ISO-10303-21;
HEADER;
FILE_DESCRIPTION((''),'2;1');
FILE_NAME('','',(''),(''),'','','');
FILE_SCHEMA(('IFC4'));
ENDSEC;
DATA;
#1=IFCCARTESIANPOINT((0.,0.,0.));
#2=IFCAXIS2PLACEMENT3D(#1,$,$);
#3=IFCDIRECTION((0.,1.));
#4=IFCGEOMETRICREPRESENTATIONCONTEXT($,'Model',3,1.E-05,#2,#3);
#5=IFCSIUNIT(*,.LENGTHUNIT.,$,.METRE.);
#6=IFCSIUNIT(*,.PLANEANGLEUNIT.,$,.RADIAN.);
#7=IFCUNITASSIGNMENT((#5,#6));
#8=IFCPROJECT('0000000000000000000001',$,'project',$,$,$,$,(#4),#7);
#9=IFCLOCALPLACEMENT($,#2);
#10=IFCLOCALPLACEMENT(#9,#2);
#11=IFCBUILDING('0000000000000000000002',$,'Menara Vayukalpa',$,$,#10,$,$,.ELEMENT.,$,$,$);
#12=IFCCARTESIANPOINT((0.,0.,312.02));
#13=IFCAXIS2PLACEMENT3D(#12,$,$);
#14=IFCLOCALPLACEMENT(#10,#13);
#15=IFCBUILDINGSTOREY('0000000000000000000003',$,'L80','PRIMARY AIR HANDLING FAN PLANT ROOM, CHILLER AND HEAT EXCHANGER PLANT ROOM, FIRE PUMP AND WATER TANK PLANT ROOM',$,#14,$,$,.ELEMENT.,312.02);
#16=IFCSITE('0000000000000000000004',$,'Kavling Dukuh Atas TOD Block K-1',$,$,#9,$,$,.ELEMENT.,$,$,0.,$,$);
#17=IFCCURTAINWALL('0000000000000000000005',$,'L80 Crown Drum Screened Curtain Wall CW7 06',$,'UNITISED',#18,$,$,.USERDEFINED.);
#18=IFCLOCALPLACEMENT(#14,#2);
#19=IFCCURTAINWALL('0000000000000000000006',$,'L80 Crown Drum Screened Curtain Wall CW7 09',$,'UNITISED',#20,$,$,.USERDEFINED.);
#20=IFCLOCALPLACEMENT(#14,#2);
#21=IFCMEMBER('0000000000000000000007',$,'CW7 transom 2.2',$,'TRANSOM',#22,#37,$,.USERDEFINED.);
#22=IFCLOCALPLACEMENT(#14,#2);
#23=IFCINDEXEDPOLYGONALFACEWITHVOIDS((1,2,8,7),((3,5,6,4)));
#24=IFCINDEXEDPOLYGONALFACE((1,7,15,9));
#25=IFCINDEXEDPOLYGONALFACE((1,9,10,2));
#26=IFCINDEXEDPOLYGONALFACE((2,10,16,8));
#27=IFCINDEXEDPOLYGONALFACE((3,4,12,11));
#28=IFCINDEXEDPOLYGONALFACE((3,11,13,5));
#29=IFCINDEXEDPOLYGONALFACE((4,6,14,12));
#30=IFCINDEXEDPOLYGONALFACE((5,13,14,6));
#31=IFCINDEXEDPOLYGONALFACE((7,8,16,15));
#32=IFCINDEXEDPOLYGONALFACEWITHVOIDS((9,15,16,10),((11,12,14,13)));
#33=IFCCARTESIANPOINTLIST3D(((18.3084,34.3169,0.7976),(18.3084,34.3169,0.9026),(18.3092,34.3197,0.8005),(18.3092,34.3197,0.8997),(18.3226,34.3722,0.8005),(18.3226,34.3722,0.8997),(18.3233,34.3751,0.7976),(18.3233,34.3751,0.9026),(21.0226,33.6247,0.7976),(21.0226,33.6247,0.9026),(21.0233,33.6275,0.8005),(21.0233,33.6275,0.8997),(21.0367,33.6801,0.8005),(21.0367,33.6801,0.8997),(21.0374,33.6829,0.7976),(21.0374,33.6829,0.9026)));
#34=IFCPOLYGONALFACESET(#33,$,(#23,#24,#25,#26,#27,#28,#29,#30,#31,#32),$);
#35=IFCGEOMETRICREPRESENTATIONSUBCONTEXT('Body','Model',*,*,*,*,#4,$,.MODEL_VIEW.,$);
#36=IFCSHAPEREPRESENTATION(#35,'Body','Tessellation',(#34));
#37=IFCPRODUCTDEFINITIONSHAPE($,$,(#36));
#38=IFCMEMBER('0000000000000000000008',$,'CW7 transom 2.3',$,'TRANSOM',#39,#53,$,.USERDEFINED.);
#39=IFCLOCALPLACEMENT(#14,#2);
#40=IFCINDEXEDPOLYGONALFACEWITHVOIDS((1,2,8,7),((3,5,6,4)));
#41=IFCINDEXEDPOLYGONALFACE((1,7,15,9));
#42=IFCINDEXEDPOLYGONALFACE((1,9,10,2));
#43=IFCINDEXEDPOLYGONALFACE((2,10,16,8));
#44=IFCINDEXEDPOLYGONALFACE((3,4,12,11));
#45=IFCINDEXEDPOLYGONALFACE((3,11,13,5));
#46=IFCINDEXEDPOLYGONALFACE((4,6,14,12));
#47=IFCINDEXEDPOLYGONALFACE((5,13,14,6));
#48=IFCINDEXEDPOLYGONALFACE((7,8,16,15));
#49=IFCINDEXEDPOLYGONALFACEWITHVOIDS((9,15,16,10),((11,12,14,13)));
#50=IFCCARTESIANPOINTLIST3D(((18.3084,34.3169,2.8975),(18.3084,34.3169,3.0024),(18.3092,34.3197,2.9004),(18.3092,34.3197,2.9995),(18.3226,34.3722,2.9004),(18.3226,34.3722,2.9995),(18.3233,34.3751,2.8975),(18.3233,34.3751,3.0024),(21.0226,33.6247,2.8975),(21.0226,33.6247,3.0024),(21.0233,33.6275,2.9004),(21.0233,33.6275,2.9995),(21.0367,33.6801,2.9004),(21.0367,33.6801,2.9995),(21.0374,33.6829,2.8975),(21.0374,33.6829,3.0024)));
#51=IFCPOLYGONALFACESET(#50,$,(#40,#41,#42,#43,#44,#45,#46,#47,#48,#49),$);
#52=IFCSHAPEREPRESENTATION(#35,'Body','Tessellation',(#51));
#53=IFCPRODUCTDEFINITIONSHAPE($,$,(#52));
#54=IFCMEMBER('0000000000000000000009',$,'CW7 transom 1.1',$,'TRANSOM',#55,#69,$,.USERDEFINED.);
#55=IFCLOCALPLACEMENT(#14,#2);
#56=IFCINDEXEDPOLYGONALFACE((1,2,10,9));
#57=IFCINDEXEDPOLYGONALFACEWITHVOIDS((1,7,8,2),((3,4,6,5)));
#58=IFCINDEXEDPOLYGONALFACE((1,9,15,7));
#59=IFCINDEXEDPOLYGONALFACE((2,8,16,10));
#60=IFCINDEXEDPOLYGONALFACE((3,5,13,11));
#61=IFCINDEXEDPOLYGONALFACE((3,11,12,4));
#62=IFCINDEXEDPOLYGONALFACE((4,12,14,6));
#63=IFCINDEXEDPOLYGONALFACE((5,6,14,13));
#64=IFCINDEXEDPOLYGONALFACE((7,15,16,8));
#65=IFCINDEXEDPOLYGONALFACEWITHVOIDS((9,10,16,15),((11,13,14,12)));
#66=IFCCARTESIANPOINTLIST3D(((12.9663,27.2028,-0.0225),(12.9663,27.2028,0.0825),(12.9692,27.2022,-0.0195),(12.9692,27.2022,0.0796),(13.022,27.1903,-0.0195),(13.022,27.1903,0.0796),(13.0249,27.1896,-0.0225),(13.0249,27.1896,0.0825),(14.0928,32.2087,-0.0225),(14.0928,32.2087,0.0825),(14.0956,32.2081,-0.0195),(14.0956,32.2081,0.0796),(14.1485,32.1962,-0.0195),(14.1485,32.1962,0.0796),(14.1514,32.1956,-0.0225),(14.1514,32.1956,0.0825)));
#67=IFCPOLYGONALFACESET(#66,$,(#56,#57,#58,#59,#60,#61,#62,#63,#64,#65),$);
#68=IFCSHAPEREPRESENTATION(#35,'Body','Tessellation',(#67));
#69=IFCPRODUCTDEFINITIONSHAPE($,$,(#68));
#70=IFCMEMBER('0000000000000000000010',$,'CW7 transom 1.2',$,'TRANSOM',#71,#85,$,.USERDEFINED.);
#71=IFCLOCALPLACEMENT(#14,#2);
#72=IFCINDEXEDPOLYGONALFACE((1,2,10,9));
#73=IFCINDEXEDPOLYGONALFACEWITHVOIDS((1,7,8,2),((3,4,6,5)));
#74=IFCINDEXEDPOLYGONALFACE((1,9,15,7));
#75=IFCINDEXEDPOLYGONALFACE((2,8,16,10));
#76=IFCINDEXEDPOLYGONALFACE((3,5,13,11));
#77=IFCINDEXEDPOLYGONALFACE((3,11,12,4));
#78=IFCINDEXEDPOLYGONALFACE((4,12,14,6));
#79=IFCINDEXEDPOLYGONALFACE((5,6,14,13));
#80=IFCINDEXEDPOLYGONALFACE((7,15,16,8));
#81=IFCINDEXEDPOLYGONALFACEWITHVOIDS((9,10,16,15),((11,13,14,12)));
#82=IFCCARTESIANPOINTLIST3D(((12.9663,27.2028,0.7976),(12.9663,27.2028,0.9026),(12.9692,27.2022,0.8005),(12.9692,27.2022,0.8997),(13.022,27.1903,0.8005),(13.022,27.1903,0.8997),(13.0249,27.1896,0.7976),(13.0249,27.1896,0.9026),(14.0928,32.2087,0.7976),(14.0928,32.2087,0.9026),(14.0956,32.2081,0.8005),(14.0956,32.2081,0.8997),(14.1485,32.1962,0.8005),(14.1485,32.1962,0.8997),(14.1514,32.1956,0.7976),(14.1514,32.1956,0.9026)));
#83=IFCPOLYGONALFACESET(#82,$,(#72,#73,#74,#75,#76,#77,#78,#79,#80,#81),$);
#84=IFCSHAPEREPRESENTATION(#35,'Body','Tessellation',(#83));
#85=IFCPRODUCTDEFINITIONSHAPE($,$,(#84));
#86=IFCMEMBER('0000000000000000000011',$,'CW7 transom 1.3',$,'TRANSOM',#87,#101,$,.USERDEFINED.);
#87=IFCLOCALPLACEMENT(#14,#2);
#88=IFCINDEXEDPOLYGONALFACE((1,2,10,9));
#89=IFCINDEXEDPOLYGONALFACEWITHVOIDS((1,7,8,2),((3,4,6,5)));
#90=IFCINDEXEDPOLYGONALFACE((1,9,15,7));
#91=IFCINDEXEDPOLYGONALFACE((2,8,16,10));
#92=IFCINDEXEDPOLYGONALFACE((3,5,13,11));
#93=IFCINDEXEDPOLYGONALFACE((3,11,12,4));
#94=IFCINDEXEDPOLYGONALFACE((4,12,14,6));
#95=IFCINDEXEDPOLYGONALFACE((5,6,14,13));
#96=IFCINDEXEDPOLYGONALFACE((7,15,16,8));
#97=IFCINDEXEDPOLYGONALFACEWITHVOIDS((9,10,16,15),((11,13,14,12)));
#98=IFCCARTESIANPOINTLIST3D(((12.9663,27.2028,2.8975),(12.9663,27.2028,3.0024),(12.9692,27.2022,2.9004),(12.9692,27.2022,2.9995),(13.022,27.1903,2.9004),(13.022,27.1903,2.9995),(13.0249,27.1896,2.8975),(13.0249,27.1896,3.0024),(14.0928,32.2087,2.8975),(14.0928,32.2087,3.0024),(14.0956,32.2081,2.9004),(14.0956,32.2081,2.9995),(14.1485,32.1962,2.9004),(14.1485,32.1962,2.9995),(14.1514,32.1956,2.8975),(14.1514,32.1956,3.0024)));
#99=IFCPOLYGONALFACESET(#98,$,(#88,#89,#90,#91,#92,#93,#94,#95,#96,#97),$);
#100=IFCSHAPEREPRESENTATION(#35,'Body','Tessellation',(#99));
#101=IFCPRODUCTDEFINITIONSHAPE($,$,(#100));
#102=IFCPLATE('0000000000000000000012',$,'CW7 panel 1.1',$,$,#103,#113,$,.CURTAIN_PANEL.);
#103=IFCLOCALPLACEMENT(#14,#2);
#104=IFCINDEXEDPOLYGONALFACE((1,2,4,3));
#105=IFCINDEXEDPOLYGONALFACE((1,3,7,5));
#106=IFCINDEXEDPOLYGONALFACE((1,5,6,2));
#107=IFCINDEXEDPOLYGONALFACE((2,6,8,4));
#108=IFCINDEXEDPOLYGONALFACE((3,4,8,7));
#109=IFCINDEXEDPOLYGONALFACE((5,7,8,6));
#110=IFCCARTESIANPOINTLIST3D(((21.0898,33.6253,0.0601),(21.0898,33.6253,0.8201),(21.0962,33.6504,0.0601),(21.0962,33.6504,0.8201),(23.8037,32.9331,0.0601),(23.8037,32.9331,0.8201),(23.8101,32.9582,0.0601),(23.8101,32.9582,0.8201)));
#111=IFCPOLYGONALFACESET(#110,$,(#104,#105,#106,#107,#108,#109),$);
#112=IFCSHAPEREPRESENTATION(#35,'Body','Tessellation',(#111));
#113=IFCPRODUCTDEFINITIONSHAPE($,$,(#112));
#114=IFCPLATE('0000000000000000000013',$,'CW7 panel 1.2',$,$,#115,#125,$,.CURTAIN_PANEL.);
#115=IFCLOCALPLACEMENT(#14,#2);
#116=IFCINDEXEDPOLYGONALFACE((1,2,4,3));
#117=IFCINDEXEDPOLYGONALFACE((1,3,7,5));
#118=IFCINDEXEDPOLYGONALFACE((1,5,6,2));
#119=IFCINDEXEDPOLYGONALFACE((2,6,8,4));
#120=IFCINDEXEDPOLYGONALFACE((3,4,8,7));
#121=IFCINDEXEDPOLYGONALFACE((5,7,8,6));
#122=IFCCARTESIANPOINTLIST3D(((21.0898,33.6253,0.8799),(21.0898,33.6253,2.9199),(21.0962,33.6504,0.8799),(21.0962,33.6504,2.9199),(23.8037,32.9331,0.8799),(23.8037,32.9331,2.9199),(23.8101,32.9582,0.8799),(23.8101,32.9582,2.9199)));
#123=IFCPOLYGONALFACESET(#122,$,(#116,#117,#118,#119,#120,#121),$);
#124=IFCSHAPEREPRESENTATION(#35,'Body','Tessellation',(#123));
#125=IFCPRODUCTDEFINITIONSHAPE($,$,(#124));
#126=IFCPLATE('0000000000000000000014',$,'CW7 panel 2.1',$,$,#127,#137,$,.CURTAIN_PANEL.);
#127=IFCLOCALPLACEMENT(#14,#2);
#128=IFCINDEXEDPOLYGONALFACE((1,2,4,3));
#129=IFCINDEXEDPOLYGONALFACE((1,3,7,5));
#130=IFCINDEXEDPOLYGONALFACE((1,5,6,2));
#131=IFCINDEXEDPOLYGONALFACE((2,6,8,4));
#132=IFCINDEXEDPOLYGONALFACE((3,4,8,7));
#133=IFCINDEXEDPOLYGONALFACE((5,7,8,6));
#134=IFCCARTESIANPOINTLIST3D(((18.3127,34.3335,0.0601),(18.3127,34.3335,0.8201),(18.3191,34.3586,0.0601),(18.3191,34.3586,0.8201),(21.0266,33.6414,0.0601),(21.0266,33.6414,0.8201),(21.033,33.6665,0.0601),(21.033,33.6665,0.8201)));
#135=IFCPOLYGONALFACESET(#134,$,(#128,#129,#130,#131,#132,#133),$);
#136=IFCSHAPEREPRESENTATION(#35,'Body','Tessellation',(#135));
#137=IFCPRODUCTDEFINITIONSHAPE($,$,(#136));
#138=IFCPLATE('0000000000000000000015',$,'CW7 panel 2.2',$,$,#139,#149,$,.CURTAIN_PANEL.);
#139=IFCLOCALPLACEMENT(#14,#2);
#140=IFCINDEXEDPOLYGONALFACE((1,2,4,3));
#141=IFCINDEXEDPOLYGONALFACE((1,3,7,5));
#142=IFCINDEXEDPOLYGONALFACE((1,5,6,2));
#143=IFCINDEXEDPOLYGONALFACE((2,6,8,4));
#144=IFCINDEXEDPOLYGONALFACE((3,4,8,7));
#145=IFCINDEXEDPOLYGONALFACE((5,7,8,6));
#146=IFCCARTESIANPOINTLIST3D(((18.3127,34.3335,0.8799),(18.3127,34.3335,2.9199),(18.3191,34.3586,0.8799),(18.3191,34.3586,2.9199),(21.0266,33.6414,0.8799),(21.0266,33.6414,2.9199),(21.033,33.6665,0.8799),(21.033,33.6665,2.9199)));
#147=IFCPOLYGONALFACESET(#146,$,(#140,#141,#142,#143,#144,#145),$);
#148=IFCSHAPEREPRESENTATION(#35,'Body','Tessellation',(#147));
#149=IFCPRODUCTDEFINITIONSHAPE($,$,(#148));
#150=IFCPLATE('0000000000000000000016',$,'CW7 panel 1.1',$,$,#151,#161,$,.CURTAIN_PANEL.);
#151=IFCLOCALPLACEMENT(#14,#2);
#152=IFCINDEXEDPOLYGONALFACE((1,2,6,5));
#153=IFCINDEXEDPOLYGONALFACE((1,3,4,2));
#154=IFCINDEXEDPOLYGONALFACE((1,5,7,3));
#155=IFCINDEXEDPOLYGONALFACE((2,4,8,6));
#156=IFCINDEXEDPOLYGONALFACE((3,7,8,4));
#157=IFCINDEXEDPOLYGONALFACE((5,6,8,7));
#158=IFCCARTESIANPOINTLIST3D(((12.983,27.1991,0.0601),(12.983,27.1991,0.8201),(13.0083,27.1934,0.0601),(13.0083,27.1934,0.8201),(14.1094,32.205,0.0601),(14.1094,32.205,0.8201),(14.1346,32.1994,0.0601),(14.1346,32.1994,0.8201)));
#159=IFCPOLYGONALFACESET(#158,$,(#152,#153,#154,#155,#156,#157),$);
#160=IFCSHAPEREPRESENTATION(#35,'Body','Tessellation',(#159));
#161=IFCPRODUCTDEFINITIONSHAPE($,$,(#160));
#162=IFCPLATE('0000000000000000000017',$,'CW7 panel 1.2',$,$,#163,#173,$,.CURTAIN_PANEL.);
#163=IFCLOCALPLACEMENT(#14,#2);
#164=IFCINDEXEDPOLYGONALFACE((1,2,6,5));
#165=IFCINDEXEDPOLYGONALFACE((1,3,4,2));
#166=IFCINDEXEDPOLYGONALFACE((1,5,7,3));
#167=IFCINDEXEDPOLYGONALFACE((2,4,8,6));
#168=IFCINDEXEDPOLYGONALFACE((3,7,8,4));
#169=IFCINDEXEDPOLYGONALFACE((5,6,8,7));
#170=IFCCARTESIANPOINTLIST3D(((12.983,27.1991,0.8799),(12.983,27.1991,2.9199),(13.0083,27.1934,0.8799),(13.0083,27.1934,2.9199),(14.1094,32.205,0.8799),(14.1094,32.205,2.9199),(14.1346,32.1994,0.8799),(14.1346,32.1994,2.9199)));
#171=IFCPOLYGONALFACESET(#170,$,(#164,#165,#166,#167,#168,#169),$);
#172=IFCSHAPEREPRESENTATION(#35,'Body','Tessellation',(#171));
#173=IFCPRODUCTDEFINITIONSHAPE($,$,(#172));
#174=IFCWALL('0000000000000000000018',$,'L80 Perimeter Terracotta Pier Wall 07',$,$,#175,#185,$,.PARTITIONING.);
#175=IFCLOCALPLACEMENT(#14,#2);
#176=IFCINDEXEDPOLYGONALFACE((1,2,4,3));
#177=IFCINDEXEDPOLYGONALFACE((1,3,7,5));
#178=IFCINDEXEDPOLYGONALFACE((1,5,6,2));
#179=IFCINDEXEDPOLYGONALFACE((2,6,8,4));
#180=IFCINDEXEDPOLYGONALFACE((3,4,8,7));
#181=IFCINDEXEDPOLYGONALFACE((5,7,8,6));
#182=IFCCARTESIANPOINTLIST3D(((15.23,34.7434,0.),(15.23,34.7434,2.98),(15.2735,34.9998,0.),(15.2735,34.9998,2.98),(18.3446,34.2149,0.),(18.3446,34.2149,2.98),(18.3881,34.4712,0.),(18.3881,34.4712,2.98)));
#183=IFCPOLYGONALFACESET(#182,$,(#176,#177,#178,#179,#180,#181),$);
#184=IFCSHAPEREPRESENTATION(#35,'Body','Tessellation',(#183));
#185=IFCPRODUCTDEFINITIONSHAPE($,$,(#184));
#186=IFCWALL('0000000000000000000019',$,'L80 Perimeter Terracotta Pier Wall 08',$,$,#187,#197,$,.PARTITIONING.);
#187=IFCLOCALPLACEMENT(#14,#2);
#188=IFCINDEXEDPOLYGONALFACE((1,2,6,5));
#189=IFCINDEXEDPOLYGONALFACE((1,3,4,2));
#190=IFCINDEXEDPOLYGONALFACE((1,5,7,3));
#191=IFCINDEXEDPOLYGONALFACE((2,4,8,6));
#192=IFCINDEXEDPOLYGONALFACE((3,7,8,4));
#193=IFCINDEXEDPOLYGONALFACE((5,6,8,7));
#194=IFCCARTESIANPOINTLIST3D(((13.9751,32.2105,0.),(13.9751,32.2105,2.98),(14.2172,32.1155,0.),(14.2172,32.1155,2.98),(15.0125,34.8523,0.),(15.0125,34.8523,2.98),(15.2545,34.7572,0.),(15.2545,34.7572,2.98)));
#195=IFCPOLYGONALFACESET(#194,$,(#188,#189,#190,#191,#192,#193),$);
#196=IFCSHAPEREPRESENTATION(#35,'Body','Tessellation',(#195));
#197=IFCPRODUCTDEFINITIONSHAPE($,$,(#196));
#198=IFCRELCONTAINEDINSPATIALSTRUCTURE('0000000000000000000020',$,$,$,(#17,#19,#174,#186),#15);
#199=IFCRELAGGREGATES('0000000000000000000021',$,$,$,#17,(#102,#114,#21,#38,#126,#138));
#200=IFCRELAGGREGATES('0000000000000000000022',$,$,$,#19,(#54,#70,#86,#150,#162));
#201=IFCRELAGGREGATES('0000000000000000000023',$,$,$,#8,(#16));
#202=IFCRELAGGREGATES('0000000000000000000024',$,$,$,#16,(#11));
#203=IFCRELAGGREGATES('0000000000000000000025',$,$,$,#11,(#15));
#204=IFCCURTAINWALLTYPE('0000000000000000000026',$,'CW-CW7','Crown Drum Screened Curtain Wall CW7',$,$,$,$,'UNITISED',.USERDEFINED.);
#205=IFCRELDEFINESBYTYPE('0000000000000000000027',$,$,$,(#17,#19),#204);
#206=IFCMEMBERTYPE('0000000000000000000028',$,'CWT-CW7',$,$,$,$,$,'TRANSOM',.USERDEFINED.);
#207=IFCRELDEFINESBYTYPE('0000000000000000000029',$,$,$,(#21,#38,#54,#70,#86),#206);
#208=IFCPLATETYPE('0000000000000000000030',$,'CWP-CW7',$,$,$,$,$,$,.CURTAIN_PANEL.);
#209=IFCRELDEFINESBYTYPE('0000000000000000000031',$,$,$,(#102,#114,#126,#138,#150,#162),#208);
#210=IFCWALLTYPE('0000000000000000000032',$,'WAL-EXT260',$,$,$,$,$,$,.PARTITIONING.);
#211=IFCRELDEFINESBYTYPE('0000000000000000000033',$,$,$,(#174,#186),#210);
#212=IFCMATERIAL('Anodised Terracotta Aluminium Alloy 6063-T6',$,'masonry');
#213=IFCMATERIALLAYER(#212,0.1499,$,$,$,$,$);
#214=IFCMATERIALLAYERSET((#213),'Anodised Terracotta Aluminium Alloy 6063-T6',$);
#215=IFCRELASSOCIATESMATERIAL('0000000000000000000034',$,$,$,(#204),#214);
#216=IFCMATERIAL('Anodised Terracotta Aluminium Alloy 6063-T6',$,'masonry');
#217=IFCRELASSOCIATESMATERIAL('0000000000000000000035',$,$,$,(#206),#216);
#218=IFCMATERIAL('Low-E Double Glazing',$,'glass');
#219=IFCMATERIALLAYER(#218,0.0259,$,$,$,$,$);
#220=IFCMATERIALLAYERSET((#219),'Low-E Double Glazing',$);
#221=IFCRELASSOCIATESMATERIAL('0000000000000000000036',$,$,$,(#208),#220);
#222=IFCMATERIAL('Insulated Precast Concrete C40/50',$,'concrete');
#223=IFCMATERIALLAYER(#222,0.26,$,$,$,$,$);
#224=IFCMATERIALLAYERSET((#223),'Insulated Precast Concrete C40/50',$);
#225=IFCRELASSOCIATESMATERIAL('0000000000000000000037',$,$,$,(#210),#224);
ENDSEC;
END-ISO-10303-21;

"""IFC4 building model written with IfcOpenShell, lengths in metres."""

from ifc_helpers import new_model, si_unit, direction, frame, frame_2d, origin, origin_2d, place, context, subcontext, project, spatial, rectangle, hollow_rectangle, extrude, material, layer, layer_set, material_profile, profile_set, type_object, element, aggregate, save


model = new_model("IFC4")

# Units and contexts
model_context = context("Model", 3, precision=1e-05, world=origin(), true_north=direction((0.0, 1.0)))
body_context = subcontext(model_context, "Body", "Model", "MODEL_VIEW")
ifc_project = project(units=[si_unit("LENGTHUNIT", "METRE"), si_unit("PLANEANGLEUNIT", "RADIAN")], contexts=[model_context])

# Site, building, storey
site_placement = place(None, origin())
site = spatial("IfcSite", under=ifc_project, at=site_placement, Name="Kavling Dukuh Atas TOD Block K-1", CompositionType="ELEMENT", RefElevation=0.0)
building_placement = place(site_placement, origin())
building = spatial("IfcBuilding", under=site, at=building_placement, Name="Menara Vayukalpa", CompositionType="ELEMENT")
storey_placement = place(building_placement, frame((0.0, 0.0, 312.02)))
storey = spatial("IfcBuildingStorey", under=building, at=storey_placement, Name="L80", Description="PRIMARY AIR HANDLING FAN PLANT ROOM, CHILLER AND HEAT EXCHANGER PLANT ROOM, FIRE PUMP AND WATER TANK PLANT ROOM", CompositionType="ELEMENT", Elevation=312.02)

# Curtain wall
ifc_material_1 = material(Name="Anodised Terracotta Aluminium Alloy 6063-T6", Category="masonry")
ifc_layer_1 = layer(ifc_material_1, 0.1499)
ifc_layer_set_1 = layer_set([ifc_layer_1], Name="Anodised Terracotta Aluminium Alloy 6063-T6")
curtain_wall_type = type_object("IfcCurtainWallType", Name="CW-CW7", Description="Crown Drum Screened Curtain Wall CW7", ElementType="UNITISED", PredefinedType="USERDEFINED", material=ifc_layer_set_1)
curtain_wall_1_placement = place(storey_placement, origin())
curtain_wall_1 = element("IfcCurtainWall", 1, at=curtain_wall_1_placement, inside=storey, type_object=curtain_wall_type, Name="L80 Crown Drum Screened Curtain Wall CW7 06", ObjectType="UNITISED", PredefinedType="USERDEFINED")

# Curtain wall
curtain_wall_2_placement = place(storey_placement, origin())
curtain_wall_2 = element("IfcCurtainWall", 2, at=curtain_wall_2_placement, inside=storey, type_object=curtain_wall_type, Name="L80 Crown Drum Screened Curtain Wall CW7 09", ObjectType="UNITISED", PredefinedType="USERDEFINED")

# Members
ifc_material_2 = material(Name="Anodised Terracotta Aluminium Alloy 6063-T6", Category="masonry")
ifc_material_profile_1 = material_profile(ifc_material_2, hollow_rectangle(XDim=0.0601, YDim=0.105, WallThickness=0.0029, at=origin_2d()), Name="ALU 60x105x3")
ifc_profile_set_1 = profile_set([ifc_material_profile_1], Name="Anodised Terracotta Aluminium Alloy 6063-T6")
member_type_1 = type_object("IfcMemberType", Name="CWT-CW7", ElementType="TRANSOM", PredefinedType="USERDEFINED", material=ifc_profile_set_1)
member_1_placement = place(storey_placement, frame((21.03, 33.6538, 0.8501), z_axis=(-0.968988, 0.247106, 0.0), x_axis=(-0.247106, -0.968988, 0.0)))
member_1 = element("IfcMember", 3, at=member_1_placement, type_object=member_type_1, Name="CW7 transom 2.2", ObjectType="TRANSOM", PredefinedType="USERDEFINED", context=body_context, shape_type="SweptSolid", body=[
    extrude(hollow_rectangle(XDim=0.0601, YDim=0.105, WallThickness=0.0029, at=origin_2d()), origin(), (0.0, 0.0, 1.0), 2.801),
])
member_2_placement = place(storey_placement, frame((21.03, 33.6538, 2.95), z_axis=(-0.968988, 0.247106, 0.0), x_axis=(-0.247106, -0.968988, 0.0)))
member_2 = element("IfcMember", 4, at=member_2_placement, type_object=member_type_1, Name="CW7 transom 2.3", ObjectType="TRANSOM", PredefinedType="USERDEFINED", context=body_context, shape_type="SweptSolid", body=[
    extrude(hollow_rectangle(XDim=0.0601, YDim=0.105, WallThickness=0.0029, at=origin_2d()), origin(), (0.0, 0.0, 1.0), 2.801),
])
member_3_placement = place(storey_placement, frame((14.1221, 32.2021, 0.03), z_axis=(-0.219539, -0.975604, 0.0), x_axis=(0.975604, -0.219539, 0.0)))
member_3 = element("IfcMember", 5, at=member_3_placement, type_object=member_type_1, Name="CW7 transom 1.1", ObjectType="TRANSOM", PredefinedType="USERDEFINED", context=body_context, shape_type="SweptSolid", body=[
    extrude(hollow_rectangle(XDim=0.0601, YDim=0.105, WallThickness=0.0029, at=origin_2d()), origin(), (0.0, 0.0, 1.0), 5.1311),
])
member_4_placement = place(storey_placement, frame((14.1221, 32.2021, 0.8501), z_axis=(-0.219539, -0.975604, 0.0), x_axis=(0.975604, -0.219539, 0.0)))
member_4 = element("IfcMember", 6, at=member_4_placement, type_object=member_type_1, Name="CW7 transom 1.2", ObjectType="TRANSOM", PredefinedType="USERDEFINED", context=body_context, shape_type="SweptSolid", body=[
    extrude(hollow_rectangle(XDim=0.0601, YDim=0.105, WallThickness=0.0029, at=origin_2d()), origin(), (0.0, 0.0, 1.0), 5.1311),
])
member_5_placement = place(storey_placement, frame((14.1221, 32.2021, 2.95), z_axis=(-0.219539, -0.975604, 0.0), x_axis=(0.975604, -0.219539, 0.0)))
member_5 = element("IfcMember", 7, at=member_5_placement, type_object=member_type_1, Name="CW7 transom 1.3", ObjectType="TRANSOM", PredefinedType="USERDEFINED", context=body_context, shape_type="SweptSolid", body=[
    extrude(hollow_rectangle(XDim=0.0601, YDim=0.105, WallThickness=0.0029, at=origin_2d()), origin(), (0.0, 0.0, 1.0), 5.1311),
])

# Plates
ifc_material_3 = material(Name="Low-E Double Glazing", Category="glass")
ifc_layer_2 = layer(ifc_material_3, 0.0259)
ifc_layer_set_2 = layer_set([ifc_layer_2], Name="Low-E Double Glazing")
plate_type = type_object("IfcPlateType", Name="CWP-CW7", PredefinedType="CURTAIN_PANEL", material=ifc_layer_set_2)
plate_1_placement = place(storey_placement, frame((22.45, 33.2917, 0.0601), z_axis=(0.0, 0.0, 1.0), x_axis=(-0.968984, 0.247124, 0.0)))
plate_1 = element("IfcPlate", 8, at=plate_1_placement, type_object=plate_type, Name="CW7 panel 1.1", PredefinedType="CURTAIN_PANEL", context=body_context, shape_type="SweptSolid", body=[
    extrude(rectangle(XDim=2.8008, YDim=0.0259, at=origin_2d()), origin(), (0.0, 0.0, 1.0), 0.76),
])
plate_2_placement = place(storey_placement, frame((22.45, 33.2917, 0.8799), z_axis=(0.0, 0.0, 1.0), x_axis=(-0.968984, 0.247124, 0.0)))
plate_2 = element("IfcPlate", 9, at=plate_2_placement, type_object=plate_type, Name="CW7 panel 1.2", PredefinedType="CURTAIN_PANEL", context=body_context, shape_type="SweptSolid", body=[
    extrude(rectangle(XDim=2.8008, YDim=0.0259, at=origin_2d()), origin(), (0.0, 0.0, 1.0), 2.04),
])
plate_3_placement = place(storey_placement, frame((19.6729, 34.0, 0.0601), z_axis=(0.0, 0.0, 1.0), x_axis=(-0.968984, 0.247124, 0.0)))
plate_3 = element("IfcPlate", 10, at=plate_3_placement, type_object=plate_type, Name="CW7 panel 2.1", PredefinedType="CURTAIN_PANEL", context=body_context, shape_type="SweptSolid", body=[
    extrude(rectangle(XDim=2.8008, YDim=0.0259, at=origin_2d()), origin(), (0.0, 0.0, 1.0), 0.76),
])
plate_4_placement = place(storey_placement, frame((19.6729, 34.0, 0.8799), z_axis=(0.0, 0.0, 1.0), x_axis=(-0.968984, 0.247124, 0.0)))
plate_4 = element("IfcPlate", 11, at=plate_4_placement, type_object=plate_type, Name="CW7 panel 2.2", PredefinedType="CURTAIN_PANEL", context=body_context, shape_type="SweptSolid", body=[
    extrude(rectangle(XDim=2.8008, YDim=0.0259, at=origin_2d()), origin(), (0.0, 0.0, 1.0), 2.04),
])
aggregate(curtain_wall_1, [plate_1, plate_2, member_1, member_2, plate_3, plate_4])
plate_5_placement = place(storey_placement, frame((13.5588, 29.6992, 0.0601), z_axis=(0.0, 0.0, 1.0), x_axis=(-0.219516, -0.975609, 0.0)))
plate_5 = element("IfcPlate", 12, at=plate_5_placement, type_object=plate_type, Name="CW7 panel 1.1", PredefinedType="CURTAIN_PANEL", context=body_context, shape_type="SweptSolid", body=[
    extrude(rectangle(XDim=5.1311, YDim=0.0259, at=origin_2d()), origin(), (0.0, 0.0, 1.0), 0.76),
])
plate_6_placement = place(storey_placement, frame((13.5588, 29.6992, 0.8799), z_axis=(0.0, 0.0, 1.0), x_axis=(-0.219516, -0.975609, 0.0)))
plate_6 = element("IfcPlate", 13, at=plate_6_placement, type_object=plate_type, Name="CW7 panel 1.2", PredefinedType="CURTAIN_PANEL", context=body_context, shape_type="SweptSolid", body=[
    extrude(rectangle(XDim=5.1311, YDim=0.0259, at=origin_2d()), origin(), (0.0, 0.0, 1.0), 2.04),
])
aggregate(curtain_wall_2, [member_3, member_4, member_5, plate_5, plate_6])

# Walls
ifc_material_4 = material(Name="Insulated Precast Concrete C40/50", Category="concrete")
ifc_layer_3 = layer(ifc_material_4, 0.26)
ifc_layer_set_3 = layer_set([ifc_layer_3], Name="Insulated Precast Concrete C40/50")
wall_type = type_object("IfcWallType", Name="WAL-EXT260", PredefinedType="PARTITIONING", material=ifc_layer_set_3)
wall_1_placement = place(storey_placement, frame((15.2517, 34.8716, 0.0), z_axis=(0.0, 0.0, 1.0), x_axis=(0.985905, -0.167306, 0.0)))
element("IfcWall", 14, at=wall_1_placement, inside=storey, type_object=wall_type, Name="L80 Perimeter Terracotta Pier Wall 07", PredefinedType="PARTITIONING", context=body_context, shape_type="SweptSolid", body=[
    extrude(rectangle(XDim=3.1592, YDim=0.26, at=frame_2d((1.5796, 0.0))), origin(), (0.0, 0.0, 1.0), 2.98),
])
wall_2_placement = place(storey_placement, frame((14.0962, 32.1631, 0.0), z_axis=(0.0, 0.0, 1.0), x_axis=(0.365495, 0.930813, 0.0)))
element("IfcWall", 15, at=wall_2_placement, inside=storey, type_object=wall_type, Name="L80 Perimeter Terracotta Pier Wall 08", PredefinedType="PARTITIONING", context=body_context, shape_type="SweptSolid", body=[
    extrude(rectangle(XDim=2.8381, YDim=0.26, at=frame_2d((1.4189, 0.0))), origin(), (0.0, 0.0, 1.0), 2.98),
])

save(model, "model.ifc")
